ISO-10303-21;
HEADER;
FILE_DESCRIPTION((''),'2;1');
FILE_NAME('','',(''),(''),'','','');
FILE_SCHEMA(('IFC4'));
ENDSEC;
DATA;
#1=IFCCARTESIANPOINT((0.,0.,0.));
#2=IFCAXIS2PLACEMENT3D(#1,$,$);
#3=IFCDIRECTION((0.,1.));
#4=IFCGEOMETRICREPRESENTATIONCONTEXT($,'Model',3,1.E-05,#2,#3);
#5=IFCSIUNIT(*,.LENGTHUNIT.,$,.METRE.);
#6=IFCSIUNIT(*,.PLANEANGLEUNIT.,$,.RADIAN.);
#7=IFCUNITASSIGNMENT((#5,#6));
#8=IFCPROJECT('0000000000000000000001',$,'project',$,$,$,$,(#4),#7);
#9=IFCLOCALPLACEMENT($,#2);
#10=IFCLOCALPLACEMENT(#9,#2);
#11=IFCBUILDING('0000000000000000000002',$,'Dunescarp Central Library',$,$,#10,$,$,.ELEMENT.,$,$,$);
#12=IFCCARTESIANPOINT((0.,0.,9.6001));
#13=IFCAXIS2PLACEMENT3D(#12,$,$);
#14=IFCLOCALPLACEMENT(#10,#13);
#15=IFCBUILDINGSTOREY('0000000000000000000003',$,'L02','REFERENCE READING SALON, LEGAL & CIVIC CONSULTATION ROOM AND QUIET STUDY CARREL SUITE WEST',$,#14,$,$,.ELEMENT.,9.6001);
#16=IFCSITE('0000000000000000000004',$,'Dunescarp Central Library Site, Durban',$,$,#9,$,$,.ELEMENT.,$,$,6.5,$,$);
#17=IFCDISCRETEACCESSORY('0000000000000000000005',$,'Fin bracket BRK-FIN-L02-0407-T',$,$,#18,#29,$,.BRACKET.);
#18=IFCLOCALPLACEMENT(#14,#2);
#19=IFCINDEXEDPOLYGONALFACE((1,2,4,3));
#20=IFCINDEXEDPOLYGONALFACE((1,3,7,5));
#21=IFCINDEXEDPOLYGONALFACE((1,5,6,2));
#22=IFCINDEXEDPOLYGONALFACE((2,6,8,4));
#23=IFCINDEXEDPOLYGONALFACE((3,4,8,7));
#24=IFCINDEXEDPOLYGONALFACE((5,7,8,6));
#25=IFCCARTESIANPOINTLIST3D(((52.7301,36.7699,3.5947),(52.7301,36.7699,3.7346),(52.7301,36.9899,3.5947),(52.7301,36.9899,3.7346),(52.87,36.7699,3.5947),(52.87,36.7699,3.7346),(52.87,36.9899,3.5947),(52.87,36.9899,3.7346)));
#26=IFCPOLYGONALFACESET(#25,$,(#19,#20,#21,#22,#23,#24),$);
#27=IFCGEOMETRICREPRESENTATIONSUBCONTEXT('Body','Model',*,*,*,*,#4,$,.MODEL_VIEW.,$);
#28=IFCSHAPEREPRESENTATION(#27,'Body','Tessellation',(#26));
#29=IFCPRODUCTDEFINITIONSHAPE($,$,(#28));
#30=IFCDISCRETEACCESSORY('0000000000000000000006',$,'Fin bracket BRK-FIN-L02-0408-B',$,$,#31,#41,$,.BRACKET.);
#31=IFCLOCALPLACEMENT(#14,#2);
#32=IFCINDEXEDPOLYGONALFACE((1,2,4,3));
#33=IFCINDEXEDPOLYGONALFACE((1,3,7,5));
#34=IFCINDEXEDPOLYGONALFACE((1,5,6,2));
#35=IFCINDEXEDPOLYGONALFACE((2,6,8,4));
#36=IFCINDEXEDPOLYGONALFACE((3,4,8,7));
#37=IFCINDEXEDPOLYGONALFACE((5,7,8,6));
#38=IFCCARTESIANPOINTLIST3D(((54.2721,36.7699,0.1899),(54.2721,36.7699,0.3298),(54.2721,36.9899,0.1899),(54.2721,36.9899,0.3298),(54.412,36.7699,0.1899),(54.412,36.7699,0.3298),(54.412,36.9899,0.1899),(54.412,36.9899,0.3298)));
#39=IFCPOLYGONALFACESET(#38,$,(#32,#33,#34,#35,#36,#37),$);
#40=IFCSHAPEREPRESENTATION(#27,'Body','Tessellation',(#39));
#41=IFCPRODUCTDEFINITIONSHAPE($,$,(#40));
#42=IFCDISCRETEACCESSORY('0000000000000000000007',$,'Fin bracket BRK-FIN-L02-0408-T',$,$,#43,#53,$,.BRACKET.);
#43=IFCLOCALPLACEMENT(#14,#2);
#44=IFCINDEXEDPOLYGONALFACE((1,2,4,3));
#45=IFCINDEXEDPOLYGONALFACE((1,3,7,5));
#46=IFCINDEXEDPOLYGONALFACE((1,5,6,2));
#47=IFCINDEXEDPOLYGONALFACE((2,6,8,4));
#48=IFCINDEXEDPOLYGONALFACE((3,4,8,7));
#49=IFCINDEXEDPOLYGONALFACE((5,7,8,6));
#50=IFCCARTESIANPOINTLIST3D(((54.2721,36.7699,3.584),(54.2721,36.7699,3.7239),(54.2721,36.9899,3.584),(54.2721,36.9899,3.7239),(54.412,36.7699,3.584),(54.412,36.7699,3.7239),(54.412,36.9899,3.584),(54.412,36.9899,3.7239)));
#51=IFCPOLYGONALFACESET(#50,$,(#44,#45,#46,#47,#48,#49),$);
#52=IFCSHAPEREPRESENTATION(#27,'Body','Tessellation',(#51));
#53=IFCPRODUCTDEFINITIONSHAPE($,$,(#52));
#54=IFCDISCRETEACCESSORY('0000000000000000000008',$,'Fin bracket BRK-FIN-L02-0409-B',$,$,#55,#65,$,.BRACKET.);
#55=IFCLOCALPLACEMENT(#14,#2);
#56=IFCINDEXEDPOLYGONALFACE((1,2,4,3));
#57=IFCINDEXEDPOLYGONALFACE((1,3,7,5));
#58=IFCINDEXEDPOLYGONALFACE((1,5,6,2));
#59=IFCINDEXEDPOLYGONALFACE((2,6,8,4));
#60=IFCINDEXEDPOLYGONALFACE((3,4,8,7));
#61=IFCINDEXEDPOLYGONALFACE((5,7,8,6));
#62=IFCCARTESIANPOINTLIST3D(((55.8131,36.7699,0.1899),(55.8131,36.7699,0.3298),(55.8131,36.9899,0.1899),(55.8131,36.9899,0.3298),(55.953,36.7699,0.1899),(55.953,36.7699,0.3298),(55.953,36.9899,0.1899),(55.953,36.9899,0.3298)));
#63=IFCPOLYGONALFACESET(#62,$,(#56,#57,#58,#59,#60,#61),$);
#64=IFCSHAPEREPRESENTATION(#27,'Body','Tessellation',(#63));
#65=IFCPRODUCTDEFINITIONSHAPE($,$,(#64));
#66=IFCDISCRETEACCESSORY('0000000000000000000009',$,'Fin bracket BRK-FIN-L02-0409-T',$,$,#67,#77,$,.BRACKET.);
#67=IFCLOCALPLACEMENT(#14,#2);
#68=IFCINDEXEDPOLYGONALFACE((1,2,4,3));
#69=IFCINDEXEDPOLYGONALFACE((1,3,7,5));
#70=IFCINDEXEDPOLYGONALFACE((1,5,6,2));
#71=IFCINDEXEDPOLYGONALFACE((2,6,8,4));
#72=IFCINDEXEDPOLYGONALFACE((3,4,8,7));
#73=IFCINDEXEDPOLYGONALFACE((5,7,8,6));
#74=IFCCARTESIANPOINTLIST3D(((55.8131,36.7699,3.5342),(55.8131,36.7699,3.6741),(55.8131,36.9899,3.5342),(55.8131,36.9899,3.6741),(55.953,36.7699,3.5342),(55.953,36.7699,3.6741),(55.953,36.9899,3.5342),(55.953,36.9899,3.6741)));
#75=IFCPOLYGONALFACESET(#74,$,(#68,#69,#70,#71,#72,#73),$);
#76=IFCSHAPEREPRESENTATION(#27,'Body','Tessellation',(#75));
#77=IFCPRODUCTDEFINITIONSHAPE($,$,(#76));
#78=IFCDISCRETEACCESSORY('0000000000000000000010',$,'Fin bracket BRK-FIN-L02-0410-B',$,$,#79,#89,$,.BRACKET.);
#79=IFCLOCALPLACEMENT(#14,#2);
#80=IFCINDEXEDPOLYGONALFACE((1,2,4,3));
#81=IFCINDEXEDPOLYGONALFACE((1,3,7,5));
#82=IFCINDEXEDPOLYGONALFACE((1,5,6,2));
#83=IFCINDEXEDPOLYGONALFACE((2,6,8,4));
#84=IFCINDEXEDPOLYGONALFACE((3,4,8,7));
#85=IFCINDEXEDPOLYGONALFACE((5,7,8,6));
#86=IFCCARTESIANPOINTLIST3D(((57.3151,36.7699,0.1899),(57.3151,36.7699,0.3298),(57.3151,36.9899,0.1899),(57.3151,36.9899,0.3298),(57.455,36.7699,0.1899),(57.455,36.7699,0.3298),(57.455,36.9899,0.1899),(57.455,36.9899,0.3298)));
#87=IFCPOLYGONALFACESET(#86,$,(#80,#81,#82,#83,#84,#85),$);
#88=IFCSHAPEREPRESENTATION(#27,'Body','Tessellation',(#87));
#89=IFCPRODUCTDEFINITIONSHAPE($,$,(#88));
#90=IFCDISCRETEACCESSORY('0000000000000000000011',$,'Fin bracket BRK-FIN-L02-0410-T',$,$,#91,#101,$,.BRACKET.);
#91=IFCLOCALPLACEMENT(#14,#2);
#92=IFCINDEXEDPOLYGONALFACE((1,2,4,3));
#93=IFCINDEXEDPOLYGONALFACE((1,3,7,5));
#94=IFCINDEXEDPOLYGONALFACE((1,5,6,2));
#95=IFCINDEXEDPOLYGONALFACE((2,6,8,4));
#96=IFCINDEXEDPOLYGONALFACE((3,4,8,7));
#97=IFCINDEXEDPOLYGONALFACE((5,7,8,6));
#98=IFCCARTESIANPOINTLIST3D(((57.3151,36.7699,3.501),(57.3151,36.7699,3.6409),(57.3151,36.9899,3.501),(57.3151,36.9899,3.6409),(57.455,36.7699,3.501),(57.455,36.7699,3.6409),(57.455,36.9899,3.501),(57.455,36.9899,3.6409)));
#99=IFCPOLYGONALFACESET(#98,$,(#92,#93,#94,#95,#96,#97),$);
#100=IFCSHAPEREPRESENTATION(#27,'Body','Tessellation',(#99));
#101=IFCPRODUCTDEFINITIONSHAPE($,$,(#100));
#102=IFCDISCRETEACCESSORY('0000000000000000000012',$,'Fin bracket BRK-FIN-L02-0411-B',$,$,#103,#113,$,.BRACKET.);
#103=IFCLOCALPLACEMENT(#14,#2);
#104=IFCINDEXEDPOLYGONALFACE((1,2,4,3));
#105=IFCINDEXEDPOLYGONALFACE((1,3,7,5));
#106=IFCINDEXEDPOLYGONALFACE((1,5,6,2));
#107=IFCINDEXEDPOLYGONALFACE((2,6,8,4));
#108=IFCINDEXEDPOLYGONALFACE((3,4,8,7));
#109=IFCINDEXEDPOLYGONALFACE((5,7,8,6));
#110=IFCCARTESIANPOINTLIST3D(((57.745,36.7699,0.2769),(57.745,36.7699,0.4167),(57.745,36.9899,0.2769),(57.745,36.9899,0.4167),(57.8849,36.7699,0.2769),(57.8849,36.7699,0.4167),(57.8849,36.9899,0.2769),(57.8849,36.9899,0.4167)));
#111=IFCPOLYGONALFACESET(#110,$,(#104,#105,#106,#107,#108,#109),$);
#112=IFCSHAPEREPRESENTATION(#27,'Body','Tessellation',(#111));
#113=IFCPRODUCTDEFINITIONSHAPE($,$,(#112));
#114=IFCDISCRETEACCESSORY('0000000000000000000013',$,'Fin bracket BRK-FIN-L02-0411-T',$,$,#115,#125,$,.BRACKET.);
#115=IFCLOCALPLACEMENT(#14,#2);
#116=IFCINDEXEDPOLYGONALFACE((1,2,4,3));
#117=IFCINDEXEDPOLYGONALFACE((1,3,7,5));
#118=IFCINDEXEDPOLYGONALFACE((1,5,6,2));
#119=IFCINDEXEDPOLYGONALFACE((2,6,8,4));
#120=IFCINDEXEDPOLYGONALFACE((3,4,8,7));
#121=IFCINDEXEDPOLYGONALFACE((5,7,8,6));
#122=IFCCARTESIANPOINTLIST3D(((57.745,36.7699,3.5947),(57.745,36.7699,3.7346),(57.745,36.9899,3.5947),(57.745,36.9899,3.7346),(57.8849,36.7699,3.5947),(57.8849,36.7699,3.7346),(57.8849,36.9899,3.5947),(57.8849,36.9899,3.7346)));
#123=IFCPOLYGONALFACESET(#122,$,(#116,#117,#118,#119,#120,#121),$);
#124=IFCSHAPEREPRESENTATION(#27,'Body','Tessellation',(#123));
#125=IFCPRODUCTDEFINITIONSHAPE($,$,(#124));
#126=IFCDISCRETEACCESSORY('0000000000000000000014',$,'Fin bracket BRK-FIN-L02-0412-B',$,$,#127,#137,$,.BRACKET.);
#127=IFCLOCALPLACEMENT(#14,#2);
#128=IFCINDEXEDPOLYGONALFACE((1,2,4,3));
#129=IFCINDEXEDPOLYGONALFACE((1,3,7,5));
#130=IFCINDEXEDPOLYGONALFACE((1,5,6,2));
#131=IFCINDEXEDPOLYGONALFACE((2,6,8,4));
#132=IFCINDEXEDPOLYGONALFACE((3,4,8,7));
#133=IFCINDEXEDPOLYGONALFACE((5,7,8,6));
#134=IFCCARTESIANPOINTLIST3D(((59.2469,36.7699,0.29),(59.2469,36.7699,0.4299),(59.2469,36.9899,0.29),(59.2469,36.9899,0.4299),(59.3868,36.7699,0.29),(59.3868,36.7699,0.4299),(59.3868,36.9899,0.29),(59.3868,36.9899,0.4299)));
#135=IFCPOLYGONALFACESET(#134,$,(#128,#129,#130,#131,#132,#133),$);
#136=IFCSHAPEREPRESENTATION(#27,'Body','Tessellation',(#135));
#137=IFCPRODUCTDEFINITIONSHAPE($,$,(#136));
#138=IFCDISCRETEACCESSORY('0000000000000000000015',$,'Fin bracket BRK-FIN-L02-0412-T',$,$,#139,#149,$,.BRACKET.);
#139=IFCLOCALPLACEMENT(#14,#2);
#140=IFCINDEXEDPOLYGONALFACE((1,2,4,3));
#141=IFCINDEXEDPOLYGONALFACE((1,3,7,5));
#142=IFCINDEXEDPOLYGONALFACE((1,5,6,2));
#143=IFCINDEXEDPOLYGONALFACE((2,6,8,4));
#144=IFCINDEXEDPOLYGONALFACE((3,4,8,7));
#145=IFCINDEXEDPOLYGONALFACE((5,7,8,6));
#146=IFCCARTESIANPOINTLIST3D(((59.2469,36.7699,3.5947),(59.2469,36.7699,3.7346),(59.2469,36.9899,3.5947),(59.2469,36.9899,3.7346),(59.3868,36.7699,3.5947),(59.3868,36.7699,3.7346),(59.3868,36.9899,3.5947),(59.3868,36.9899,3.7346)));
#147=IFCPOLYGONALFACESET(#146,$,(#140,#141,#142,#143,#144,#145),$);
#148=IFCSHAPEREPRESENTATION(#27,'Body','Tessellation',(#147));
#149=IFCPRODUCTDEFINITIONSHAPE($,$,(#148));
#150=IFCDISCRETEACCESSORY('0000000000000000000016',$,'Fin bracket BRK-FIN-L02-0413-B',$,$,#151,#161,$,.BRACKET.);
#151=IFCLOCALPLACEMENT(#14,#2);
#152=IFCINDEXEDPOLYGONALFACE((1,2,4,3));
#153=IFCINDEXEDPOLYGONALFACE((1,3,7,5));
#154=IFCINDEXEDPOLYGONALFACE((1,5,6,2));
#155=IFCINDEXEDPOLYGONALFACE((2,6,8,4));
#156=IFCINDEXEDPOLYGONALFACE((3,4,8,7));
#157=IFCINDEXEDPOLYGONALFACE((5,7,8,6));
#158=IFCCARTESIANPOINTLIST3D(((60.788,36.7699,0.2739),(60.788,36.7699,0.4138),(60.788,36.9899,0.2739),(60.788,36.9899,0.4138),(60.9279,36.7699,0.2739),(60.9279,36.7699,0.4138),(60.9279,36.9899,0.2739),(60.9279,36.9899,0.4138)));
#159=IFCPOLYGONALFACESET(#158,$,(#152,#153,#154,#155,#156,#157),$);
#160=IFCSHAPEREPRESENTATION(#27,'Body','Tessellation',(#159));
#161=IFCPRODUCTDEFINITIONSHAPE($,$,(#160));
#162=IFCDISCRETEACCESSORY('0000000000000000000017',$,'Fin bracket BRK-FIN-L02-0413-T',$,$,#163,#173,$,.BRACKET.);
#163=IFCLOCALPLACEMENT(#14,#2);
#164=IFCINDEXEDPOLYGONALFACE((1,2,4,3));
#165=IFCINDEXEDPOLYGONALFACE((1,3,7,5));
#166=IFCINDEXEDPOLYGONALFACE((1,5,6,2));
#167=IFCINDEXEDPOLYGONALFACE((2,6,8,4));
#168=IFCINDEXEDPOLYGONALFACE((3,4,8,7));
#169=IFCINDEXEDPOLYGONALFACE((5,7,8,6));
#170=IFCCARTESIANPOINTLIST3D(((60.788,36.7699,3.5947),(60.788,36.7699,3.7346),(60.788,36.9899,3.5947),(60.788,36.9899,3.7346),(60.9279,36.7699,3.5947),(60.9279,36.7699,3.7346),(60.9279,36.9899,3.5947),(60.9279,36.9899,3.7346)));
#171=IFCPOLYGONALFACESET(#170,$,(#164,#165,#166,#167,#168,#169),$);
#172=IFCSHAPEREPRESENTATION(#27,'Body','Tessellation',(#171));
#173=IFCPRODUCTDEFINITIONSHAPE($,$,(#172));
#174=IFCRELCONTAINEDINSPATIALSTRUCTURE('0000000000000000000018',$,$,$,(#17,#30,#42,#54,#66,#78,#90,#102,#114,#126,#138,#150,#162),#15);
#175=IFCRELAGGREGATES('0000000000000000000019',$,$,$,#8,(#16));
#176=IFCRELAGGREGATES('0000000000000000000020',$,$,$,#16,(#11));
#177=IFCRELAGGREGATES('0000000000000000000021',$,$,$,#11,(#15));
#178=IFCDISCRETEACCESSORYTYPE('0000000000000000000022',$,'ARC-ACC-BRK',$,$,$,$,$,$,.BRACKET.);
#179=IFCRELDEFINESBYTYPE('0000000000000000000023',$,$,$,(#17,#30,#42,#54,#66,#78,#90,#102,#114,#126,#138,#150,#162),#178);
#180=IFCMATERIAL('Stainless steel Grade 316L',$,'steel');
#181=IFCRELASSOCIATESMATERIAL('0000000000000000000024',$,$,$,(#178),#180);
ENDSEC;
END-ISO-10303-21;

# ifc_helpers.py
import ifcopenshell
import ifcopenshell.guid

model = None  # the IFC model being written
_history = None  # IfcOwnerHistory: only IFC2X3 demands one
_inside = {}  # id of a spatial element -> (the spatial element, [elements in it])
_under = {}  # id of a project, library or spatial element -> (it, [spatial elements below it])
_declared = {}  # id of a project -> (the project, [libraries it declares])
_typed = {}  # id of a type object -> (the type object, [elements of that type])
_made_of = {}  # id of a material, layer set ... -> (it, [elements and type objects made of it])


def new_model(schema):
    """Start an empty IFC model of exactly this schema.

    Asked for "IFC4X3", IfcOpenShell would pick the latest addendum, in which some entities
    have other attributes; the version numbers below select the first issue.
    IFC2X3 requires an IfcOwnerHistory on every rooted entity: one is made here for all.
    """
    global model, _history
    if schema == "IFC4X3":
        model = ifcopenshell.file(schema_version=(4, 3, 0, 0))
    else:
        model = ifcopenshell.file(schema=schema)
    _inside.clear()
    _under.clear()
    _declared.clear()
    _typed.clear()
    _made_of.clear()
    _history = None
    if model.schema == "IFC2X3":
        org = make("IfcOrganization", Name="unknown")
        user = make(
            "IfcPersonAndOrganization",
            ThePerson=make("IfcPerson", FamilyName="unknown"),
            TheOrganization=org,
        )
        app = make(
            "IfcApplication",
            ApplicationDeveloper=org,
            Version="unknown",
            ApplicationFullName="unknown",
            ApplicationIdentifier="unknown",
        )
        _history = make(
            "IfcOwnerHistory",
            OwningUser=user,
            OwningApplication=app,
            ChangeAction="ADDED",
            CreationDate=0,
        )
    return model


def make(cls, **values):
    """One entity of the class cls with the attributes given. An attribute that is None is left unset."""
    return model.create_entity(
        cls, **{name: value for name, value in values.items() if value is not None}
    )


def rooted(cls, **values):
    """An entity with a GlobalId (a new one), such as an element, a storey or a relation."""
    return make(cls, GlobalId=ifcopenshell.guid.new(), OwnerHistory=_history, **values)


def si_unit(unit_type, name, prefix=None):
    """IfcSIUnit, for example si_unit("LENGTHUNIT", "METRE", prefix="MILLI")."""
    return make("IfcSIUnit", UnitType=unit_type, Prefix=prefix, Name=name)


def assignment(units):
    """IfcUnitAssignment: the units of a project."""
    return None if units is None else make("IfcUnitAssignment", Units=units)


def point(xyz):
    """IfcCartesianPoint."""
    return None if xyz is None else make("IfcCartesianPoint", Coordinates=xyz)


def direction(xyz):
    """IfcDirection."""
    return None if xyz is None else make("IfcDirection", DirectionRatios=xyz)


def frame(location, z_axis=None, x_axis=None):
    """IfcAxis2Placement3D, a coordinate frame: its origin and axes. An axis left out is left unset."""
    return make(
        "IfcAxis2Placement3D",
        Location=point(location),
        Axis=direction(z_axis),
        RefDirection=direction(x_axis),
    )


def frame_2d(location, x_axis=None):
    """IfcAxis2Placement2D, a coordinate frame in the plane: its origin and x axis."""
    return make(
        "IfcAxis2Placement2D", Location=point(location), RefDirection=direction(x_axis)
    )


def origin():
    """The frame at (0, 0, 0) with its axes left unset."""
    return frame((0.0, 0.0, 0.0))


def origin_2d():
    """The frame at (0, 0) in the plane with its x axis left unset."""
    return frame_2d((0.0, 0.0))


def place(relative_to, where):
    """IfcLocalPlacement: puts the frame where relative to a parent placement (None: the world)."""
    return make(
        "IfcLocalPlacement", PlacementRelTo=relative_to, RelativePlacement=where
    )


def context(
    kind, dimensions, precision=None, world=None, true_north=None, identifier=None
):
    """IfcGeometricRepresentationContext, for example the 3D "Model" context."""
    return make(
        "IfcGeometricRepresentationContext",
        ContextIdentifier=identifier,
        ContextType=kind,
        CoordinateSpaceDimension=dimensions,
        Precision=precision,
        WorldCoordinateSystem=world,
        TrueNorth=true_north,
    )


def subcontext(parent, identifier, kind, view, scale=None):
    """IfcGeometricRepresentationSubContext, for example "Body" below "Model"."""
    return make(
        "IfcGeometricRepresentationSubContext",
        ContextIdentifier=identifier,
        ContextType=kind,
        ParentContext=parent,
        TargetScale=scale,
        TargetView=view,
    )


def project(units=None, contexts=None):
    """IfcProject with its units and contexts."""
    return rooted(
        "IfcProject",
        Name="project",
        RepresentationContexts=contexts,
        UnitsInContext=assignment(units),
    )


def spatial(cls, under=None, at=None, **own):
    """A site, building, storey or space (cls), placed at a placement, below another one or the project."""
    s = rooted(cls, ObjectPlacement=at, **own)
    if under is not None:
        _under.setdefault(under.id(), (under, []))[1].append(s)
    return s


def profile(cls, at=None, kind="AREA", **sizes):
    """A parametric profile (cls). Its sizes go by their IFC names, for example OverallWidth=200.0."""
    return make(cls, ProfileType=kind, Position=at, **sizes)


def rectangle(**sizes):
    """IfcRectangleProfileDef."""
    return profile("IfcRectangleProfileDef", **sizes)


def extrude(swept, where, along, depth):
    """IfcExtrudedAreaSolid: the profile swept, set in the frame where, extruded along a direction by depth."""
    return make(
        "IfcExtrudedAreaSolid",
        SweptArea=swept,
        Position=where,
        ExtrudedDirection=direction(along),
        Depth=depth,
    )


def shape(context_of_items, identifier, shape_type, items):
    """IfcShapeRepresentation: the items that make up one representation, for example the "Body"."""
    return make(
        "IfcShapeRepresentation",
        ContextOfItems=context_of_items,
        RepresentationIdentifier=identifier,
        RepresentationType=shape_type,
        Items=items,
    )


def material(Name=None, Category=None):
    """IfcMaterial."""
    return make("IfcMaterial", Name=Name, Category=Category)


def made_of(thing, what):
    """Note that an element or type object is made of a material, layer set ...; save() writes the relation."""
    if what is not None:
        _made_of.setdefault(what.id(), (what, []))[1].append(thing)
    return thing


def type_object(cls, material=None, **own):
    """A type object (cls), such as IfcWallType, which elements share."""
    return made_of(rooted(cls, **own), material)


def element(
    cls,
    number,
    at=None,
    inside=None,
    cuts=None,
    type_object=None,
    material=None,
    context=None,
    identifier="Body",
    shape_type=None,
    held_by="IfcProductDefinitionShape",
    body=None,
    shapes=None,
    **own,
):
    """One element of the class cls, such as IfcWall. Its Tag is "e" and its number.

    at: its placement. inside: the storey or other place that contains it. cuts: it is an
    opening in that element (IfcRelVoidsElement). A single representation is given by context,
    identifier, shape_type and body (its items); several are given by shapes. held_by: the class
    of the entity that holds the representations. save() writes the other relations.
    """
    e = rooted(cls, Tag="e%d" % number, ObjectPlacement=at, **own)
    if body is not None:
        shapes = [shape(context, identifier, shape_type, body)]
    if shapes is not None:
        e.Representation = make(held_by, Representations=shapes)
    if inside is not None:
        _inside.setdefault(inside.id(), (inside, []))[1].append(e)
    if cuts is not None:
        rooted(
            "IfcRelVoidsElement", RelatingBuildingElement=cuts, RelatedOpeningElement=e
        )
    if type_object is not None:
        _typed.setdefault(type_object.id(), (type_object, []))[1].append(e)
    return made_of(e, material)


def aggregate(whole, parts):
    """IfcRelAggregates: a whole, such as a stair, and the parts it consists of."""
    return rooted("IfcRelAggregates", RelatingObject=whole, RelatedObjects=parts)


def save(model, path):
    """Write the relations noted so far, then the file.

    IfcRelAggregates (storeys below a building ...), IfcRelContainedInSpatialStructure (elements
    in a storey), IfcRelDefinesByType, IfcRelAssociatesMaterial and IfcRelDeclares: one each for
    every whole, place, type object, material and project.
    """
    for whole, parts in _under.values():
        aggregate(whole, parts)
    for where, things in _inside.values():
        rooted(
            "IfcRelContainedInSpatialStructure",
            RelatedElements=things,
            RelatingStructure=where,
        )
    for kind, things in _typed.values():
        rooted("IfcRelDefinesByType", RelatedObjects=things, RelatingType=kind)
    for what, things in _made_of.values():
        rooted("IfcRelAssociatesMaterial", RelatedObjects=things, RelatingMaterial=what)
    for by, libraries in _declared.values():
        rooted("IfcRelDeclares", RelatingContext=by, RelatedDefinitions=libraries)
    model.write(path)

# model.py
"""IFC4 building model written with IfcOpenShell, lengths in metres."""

from ifc_helpers import new_model, si_unit, direction, frame, origin, origin_2d, place, context, subcontext, project, spatial, rectangle, extrude, material, type_object, element, save


model = new_model("IFC4")

# Units and contexts
model_context = context("Model", 3, precision=1e-05, world=origin(), true_north=direction((0.0, 1.0)))
body_context = subcontext(model_context, "Body", "Model", "MODEL_VIEW")
ifc_project = project(units=[si_unit("LENGTHUNIT", "METRE"), si_unit("PLANEANGLEUNIT", "RADIAN")], contexts=[model_context])

# Site, building, storey
site_placement = place(None, origin())
site = spatial("IfcSite", under=ifc_project, at=site_placement, Name="Dunescarp Central Library Site, Durban", CompositionType="ELEMENT", RefElevation=6.5)
building_placement = place(site_placement, origin())
building = spatial("IfcBuilding", under=site, at=building_placement, Name="Dunescarp Central Library", CompositionType="ELEMENT")
storey_placement = place(building_placement, frame((0.0, 0.0, 9.6001)))
storey = spatial("IfcBuildingStorey", under=building, at=storey_placement, Name="L02", Description="REFERENCE READING SALON, LEGAL & CIVIC CONSULTATION ROOM AND QUIET STUDY CARREL SUITE WEST", CompositionType="ELEMENT", Elevation=9.6001)

# Discrete accessories
ifc_material_1 = material(Name="Stainless steel Grade 316L", Category="steel")
discrete_accessory_type = type_object("IfcDiscreteAccessoryType", Name="ARC-ACC-BRK", PredefinedType="BRACKET", material=ifc_material_1)
for number, where, z_axis, x_axis, name in (
    (1, (52.8, 36.8799, 3.5947), (0.0, 0.0, 1.0), (0.0, 1.0, 0.0), "Fin bracket BRK-FIN-L02-0407-T"),
    (2, (54.342, 36.8799, 0.1899), (0.0, 0.0, 1.0), (0.0, 1.0, 0.0), "Fin bracket BRK-FIN-L02-0408-B"),
    (3, (54.342, 36.8799, 3.584), (0.0, 0.0, 1.0), (0.0, 1.0, 0.0), "Fin bracket BRK-FIN-L02-0408-T"),
    (4, (55.8831, 36.8799, 0.1899), (0.0, 0.0, 1.0), (0.0, 1.0, 0.0), "Fin bracket BRK-FIN-L02-0409-B"),
    (5, (55.8831, 36.8799, 3.5342), (0.0, 0.0, 1.0), (0.0, 1.0, 0.0), "Fin bracket BRK-FIN-L02-0409-T"),
    (6, (57.385, 36.8799, 0.1899), (0.0, 0.0, 1.0), (0.0, 1.0, 0.0), "Fin bracket BRK-FIN-L02-0410-B"),
    (7, (57.385, 36.8799, 3.501), (0.0, 0.0, 1.0), (0.0, 1.0, 0.0), "Fin bracket BRK-FIN-L02-0410-T"),
    (8, (57.8149, 36.8799, 0.2769), (0.0, 0.0, 1.0), (0.0, 1.0, 0.0), "Fin bracket BRK-FIN-L02-0411-B"),
    (9, (57.8149, 36.8799, 3.5947), (0.0, 0.0, 1.0), (0.0, 1.0, 0.0), "Fin bracket BRK-FIN-L02-0411-T"),
    (10, (59.3169, 36.8799, 0.29), (0.0, 0.0, 1.0), (0.0, 1.0, 0.0), "Fin bracket BRK-FIN-L02-0412-B"),
    (11, (59.3169, 36.8799, 3.5947), (0.0, 0.0, 1.0), (0.0, 1.0, 0.0), "Fin bracket BRK-FIN-L02-0412-T"),
    (12, (60.8579, 36.8799, 0.2739), (0.0, 0.0, 1.0), (0.0, 1.0, 0.0), "Fin bracket BRK-FIN-L02-0413-B"),
    (13, (60.8579, 36.8799, 3.5947), (0.0, 0.0, 1.0), (0.0, 1.0, 0.0), "Fin bracket BRK-FIN-L02-0413-T"),
):
    element("IfcDiscreteAccessory", number, at=place(storey_placement, frame(where, z_axis=z_axis, x_axis=x_axis)), inside=storey, type_object=discrete_accessory_type, Name=name, PredefinedType="BRACKET", context=body_context, shape_type="SweptSolid", body=[
        extrude(rectangle(XDim=0.22, YDim=0.1399, at=origin_2d()), origin(), (0.0, 0.0, 1.0), 0.1399),
    ])

save(model, "model.ifc")
